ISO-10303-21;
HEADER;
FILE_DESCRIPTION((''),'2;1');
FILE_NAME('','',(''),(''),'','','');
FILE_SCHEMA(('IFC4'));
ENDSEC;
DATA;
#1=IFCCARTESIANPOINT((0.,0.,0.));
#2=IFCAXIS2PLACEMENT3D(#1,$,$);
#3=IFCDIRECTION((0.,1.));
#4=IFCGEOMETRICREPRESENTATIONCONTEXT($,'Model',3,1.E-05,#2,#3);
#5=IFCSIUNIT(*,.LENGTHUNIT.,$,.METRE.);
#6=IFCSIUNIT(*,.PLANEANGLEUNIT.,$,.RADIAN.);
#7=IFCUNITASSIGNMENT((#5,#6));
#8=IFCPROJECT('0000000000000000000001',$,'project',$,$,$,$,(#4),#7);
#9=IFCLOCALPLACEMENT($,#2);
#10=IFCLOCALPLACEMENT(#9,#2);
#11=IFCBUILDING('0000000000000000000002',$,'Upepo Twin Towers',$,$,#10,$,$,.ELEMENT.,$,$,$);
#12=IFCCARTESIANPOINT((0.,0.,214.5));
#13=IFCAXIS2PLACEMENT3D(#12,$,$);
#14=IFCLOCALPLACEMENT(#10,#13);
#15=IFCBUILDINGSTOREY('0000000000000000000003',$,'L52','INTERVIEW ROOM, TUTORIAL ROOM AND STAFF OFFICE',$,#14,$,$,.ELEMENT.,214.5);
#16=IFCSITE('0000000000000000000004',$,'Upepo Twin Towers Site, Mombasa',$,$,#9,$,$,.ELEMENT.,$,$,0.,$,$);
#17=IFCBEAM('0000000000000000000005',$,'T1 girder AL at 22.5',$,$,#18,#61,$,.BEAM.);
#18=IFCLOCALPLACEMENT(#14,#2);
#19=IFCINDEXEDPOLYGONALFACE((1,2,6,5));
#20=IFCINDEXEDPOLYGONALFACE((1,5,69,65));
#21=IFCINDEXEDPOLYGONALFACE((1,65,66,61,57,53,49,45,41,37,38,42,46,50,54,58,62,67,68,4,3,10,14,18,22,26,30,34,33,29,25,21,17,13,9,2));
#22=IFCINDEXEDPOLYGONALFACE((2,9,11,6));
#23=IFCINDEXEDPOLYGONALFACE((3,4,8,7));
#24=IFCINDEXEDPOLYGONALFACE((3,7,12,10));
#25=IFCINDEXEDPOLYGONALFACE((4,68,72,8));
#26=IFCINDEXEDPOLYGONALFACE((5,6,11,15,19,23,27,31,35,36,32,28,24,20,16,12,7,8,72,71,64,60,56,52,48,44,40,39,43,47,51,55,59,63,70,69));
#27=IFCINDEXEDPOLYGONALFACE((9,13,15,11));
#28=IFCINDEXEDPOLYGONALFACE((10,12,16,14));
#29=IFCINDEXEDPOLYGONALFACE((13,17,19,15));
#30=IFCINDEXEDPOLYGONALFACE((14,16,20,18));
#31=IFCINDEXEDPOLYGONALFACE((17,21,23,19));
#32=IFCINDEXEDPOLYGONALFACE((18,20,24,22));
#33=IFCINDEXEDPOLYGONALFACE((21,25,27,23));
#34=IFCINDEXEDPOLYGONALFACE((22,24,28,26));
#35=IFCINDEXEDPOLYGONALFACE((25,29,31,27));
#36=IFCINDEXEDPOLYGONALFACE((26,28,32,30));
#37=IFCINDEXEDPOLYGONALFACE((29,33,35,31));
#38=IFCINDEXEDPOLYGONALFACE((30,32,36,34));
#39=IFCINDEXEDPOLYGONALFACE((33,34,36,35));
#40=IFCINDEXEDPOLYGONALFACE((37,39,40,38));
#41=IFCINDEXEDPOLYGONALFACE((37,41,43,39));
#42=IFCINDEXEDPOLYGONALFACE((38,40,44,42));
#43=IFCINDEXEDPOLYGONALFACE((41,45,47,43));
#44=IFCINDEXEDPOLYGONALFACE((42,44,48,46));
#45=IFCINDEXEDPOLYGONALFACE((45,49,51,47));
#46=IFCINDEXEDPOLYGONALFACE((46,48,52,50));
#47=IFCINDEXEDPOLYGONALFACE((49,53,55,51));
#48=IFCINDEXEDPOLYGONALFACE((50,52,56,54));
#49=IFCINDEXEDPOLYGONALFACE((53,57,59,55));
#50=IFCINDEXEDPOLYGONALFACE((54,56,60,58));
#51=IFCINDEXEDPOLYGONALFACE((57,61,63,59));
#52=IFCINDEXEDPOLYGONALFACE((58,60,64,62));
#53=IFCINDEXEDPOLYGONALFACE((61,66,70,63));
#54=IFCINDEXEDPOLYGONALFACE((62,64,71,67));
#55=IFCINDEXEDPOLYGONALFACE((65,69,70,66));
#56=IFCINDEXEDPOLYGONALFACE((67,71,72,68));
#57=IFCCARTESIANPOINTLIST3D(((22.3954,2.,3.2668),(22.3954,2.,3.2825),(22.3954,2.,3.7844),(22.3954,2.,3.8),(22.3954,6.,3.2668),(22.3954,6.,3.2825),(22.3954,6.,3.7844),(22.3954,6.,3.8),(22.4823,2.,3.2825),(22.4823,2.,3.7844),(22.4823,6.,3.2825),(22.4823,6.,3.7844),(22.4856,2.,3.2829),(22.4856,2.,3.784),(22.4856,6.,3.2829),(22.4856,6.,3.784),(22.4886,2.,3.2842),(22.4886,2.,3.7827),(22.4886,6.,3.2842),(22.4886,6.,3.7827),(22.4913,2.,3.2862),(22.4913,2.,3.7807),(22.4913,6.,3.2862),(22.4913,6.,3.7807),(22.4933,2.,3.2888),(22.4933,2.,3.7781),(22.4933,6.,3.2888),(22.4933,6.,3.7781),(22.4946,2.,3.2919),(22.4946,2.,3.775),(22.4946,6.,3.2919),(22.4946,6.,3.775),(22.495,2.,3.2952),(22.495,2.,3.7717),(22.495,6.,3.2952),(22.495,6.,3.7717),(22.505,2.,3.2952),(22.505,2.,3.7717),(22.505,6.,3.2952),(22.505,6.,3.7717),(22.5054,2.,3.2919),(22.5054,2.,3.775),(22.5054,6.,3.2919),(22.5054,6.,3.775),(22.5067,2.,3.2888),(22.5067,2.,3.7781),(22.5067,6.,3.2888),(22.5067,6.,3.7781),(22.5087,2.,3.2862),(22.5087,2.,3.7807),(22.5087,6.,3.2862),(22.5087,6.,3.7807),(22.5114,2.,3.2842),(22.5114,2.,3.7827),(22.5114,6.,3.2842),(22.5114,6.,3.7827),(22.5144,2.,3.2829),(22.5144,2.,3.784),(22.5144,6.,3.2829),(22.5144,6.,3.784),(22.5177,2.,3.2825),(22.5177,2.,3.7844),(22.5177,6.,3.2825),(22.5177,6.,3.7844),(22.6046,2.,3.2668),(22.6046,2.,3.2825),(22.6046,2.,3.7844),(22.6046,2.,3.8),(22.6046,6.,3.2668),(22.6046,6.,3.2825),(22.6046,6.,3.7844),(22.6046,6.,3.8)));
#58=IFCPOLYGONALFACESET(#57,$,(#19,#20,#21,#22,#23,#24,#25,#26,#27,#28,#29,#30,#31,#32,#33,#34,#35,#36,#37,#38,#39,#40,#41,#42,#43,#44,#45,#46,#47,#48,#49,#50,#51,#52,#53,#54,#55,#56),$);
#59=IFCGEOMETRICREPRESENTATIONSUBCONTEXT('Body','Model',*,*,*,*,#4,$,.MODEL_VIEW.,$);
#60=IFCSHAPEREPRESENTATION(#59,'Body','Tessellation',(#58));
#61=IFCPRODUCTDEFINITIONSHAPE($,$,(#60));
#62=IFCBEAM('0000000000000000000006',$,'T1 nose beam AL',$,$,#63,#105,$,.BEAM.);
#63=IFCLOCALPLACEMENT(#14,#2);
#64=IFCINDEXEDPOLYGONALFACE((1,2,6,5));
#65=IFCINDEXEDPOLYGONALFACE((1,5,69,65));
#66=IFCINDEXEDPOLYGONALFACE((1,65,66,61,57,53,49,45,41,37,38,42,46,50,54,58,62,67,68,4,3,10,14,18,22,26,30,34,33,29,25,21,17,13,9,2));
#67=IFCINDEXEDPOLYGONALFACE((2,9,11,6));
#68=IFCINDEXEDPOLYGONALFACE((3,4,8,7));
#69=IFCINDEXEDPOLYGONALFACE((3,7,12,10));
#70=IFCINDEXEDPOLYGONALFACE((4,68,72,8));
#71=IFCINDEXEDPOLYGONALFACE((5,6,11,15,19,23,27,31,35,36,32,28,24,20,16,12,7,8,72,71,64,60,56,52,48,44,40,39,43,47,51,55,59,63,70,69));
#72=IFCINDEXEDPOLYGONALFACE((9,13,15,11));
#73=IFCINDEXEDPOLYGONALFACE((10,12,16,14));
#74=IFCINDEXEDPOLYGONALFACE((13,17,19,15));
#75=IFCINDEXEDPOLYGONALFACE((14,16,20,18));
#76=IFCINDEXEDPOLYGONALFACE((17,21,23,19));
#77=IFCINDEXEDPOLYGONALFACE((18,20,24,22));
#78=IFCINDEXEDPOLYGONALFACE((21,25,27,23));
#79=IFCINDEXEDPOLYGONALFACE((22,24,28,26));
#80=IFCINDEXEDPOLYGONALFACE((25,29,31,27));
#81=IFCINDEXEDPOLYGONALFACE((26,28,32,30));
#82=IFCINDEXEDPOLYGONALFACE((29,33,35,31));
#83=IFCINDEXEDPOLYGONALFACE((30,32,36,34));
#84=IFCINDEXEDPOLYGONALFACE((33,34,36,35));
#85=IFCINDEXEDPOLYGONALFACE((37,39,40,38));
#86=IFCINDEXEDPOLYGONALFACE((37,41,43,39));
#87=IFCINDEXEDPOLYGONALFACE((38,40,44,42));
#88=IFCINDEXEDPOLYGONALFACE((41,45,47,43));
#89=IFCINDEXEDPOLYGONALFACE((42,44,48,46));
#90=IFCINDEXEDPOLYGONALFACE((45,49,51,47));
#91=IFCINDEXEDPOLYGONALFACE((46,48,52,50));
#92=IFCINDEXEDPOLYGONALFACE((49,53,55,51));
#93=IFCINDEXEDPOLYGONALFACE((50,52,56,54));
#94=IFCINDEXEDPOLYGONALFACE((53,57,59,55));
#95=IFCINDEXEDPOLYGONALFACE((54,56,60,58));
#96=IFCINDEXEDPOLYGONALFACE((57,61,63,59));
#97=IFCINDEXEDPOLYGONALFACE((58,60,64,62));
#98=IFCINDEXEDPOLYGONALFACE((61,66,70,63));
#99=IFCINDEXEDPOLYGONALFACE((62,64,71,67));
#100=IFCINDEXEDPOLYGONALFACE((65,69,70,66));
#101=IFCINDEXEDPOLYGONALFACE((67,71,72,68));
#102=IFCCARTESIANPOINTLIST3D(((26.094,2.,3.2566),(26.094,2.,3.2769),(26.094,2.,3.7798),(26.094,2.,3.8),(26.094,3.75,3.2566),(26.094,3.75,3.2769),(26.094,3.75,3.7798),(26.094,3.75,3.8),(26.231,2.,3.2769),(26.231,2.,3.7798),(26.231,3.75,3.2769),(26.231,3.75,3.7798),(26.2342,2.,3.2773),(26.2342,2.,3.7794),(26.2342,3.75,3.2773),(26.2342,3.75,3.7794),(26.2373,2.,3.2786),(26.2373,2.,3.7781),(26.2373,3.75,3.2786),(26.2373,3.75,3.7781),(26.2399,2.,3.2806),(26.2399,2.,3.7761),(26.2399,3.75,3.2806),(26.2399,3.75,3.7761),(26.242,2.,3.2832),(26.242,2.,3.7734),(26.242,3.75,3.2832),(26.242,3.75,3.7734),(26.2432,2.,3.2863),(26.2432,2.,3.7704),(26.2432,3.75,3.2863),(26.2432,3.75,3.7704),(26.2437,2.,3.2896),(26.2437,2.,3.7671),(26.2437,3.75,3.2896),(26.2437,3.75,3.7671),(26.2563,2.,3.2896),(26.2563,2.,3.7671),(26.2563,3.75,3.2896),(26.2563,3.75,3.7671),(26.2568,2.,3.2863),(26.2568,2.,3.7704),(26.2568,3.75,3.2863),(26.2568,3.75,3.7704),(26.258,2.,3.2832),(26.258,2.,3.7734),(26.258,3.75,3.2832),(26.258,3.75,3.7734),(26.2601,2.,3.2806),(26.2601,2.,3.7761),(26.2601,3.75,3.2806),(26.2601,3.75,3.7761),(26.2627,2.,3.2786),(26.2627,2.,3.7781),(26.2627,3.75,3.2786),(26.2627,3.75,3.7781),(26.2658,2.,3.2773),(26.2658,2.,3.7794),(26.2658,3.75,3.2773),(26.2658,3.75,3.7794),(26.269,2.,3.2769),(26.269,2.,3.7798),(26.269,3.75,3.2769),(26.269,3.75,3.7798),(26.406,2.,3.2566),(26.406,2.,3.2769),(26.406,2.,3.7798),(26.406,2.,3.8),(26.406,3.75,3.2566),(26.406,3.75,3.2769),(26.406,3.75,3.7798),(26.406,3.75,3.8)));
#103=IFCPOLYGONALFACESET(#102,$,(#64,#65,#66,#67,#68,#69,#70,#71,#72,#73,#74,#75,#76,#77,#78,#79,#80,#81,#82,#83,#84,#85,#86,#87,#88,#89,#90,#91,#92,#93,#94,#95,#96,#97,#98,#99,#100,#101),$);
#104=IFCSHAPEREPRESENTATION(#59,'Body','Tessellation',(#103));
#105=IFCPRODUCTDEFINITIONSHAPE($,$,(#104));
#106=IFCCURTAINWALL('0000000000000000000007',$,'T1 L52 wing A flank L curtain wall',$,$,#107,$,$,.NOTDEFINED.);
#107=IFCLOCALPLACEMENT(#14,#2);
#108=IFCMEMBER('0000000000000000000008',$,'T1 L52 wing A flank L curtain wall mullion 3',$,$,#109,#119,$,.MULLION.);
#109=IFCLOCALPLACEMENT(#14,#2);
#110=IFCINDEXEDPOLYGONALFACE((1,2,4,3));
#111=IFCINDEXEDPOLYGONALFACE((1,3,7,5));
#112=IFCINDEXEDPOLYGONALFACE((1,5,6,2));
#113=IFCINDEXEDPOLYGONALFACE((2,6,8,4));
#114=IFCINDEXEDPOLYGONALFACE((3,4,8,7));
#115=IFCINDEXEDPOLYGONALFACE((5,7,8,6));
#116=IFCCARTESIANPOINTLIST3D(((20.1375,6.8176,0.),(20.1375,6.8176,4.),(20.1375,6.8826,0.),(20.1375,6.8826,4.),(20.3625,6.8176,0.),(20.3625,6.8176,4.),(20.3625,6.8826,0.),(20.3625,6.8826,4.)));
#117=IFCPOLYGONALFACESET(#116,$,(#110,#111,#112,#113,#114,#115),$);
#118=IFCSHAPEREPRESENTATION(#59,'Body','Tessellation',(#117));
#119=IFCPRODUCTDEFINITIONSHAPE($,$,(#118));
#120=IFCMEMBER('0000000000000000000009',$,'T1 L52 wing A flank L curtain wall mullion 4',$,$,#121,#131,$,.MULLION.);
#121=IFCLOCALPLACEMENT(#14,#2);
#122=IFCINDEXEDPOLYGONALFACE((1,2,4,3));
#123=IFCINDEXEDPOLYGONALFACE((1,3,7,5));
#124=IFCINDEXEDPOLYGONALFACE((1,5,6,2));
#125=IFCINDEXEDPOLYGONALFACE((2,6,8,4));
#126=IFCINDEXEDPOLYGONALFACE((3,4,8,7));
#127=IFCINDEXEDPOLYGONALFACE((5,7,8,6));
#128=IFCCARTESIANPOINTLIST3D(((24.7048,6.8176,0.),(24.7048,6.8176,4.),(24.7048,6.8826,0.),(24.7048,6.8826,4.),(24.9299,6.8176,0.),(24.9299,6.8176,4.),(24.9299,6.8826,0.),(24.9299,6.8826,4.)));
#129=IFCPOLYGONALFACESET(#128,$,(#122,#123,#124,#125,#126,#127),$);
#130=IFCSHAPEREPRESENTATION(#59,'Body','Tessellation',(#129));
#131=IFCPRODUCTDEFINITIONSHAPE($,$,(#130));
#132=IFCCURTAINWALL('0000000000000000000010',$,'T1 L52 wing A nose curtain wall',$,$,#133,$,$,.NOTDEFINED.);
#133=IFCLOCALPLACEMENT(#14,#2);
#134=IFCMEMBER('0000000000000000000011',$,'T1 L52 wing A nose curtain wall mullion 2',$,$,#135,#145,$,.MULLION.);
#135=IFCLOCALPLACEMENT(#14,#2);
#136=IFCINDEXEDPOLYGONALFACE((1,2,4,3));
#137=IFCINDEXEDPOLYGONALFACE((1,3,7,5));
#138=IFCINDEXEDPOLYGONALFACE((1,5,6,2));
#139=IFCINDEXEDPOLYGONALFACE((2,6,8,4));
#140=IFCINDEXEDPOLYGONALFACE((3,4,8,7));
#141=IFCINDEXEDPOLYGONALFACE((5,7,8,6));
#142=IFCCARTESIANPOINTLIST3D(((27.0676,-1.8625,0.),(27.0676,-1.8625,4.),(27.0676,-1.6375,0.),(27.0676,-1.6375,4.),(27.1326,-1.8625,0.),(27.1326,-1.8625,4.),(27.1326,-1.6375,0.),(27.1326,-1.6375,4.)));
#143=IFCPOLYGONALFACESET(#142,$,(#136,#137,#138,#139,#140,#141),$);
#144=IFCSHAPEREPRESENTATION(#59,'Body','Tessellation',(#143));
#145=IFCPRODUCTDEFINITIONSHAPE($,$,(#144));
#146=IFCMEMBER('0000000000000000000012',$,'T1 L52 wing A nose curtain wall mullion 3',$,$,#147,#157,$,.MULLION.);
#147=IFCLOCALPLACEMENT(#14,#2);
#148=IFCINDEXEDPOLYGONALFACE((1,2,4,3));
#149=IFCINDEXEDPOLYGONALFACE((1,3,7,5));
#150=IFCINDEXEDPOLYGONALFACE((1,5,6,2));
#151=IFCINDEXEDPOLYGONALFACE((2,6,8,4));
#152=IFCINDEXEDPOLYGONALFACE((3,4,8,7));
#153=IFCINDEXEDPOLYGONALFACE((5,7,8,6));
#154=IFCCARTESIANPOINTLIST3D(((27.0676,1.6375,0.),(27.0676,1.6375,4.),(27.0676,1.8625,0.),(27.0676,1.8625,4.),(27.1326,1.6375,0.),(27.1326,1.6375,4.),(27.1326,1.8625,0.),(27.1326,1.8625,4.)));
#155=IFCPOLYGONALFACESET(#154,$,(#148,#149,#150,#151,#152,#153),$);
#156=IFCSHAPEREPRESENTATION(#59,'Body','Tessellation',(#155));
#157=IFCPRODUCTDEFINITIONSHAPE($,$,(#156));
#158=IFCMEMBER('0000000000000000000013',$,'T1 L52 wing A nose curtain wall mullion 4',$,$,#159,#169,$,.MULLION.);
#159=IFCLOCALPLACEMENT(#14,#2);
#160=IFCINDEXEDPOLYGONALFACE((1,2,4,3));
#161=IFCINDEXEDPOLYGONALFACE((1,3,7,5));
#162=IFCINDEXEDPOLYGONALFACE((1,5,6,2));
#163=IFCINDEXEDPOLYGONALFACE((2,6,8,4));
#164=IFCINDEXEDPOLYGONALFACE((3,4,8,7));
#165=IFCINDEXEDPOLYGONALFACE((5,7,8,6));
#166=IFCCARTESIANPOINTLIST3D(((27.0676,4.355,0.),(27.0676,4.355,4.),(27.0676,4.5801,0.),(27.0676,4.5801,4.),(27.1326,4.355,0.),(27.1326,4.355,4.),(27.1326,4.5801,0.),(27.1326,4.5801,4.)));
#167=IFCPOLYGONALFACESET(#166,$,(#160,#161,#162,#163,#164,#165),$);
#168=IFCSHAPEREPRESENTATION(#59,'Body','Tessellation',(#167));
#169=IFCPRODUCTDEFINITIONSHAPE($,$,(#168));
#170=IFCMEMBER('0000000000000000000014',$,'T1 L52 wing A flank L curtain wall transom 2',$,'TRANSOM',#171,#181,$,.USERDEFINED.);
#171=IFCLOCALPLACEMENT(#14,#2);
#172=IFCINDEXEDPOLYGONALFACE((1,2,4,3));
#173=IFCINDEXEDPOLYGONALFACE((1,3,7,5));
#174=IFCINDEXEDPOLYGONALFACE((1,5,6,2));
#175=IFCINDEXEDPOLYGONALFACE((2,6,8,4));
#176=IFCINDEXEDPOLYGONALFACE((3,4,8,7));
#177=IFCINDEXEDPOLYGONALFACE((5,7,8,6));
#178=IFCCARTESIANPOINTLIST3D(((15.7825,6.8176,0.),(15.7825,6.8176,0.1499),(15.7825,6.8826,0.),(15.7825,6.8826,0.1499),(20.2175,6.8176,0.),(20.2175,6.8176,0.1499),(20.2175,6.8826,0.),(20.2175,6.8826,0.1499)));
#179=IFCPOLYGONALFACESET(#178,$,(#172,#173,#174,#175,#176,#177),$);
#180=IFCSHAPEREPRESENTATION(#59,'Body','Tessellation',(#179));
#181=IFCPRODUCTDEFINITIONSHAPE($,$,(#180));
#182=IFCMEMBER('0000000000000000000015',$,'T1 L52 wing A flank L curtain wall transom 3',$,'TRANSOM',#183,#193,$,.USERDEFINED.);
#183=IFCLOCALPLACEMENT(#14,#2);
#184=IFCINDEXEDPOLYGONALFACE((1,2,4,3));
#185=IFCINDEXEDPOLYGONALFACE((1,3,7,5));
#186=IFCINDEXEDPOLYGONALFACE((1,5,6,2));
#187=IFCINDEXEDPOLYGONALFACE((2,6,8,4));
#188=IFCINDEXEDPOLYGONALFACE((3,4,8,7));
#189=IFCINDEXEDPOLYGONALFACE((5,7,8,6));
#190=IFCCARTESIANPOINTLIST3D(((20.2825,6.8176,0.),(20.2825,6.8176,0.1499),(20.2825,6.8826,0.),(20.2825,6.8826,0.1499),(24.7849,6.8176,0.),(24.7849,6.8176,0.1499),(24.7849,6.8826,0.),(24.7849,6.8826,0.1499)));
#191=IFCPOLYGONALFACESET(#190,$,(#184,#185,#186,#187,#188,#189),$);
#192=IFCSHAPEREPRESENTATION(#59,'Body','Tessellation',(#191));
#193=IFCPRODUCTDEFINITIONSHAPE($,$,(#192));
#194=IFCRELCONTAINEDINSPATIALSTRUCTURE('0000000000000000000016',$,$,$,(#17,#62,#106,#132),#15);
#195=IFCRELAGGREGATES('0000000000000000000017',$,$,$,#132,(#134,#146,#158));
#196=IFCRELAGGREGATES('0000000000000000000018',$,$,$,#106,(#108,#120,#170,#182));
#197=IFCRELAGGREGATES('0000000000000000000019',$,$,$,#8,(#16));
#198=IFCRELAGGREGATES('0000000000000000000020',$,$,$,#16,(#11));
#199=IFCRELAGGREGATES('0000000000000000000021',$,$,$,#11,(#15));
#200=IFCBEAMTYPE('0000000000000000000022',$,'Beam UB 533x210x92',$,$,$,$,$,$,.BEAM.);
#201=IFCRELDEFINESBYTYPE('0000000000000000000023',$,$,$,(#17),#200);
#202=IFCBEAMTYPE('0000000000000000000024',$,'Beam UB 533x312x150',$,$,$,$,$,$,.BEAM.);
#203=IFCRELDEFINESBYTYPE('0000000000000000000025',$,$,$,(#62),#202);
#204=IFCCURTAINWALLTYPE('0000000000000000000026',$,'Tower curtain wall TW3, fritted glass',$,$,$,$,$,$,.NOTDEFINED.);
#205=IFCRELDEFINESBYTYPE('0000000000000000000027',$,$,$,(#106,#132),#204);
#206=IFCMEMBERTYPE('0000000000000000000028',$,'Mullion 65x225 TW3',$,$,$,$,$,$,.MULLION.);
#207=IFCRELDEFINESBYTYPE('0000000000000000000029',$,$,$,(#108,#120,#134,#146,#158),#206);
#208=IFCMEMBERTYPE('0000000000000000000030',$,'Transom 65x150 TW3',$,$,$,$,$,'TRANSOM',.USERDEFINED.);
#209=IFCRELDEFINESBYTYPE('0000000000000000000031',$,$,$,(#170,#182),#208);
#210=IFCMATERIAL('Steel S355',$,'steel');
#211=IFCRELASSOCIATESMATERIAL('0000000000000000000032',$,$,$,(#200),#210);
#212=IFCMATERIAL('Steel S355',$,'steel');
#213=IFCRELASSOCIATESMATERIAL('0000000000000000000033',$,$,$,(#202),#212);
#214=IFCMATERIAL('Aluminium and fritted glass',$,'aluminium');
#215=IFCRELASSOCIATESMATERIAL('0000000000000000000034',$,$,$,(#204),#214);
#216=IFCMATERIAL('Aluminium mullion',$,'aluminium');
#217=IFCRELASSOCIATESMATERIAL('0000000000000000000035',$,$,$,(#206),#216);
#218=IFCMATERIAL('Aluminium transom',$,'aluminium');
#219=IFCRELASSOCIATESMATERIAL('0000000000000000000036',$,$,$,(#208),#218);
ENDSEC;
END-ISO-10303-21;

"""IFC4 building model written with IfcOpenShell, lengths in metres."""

from ifc_helpers import new_model, si_unit, direction, frame, origin, origin_2d, place, context, subcontext, project, spatial, rectangle, i_section, extrude, material, material_profile, profile_set, type_object, element, aggregate, save


model = new_model("IFC4")

# Units and contexts
model_context = context("Model", 3, precision=1e-05, world=origin(), true_north=direction((0.0, 1.0)))
body_context = subcontext(model_context, "Body", "Model", "MODEL_VIEW")
ifc_project = project(units=[si_unit("LENGTHUNIT", "METRE"), si_unit("PLANEANGLEUNIT", "RADIAN")], contexts=[model_context])

# Site, building, storey
site_placement = place(None, origin())
site = spatial("IfcSite", under=ifc_project, at=site_placement, Name="Upepo Twin Towers Site, Mombasa", CompositionType="ELEMENT", RefElevation=0.0)
building_placement = place(site_placement, origin())
building = spatial("IfcBuilding", under=site, at=building_placement, Name="Upepo Twin Towers", CompositionType="ELEMENT")
storey_placement = place(building_placement, frame((0.0, 0.0, 214.5)))
storey = spatial("IfcBuildingStorey", under=building, at=storey_placement, Name="L52", Description="INTERVIEW ROOM, TUTORIAL ROOM AND STAFF OFFICE", CompositionType="ELEMENT", Elevation=214.5)

# Beams
ifc_material_1 = material(Name="Steel S355", Category="steel")
ifc_material_profile_1 = material_profile(ifc_material_1, i_section(OverallWidth=0.2092, OverallDepth=0.5332, WebThickness=0.01, FlangeThickness=0.0156, FilletRadius=0.0127, at=origin_2d()), Name="UB 533x210x92")
ifc_profile_set_1 = profile_set([ifc_material_profile_1], Name="Steel S355")
beam_type_1 = type_object("IfcBeamType", Name="Beam UB 533x210x92", PredefinedType="BEAM", material=ifc_profile_set_1)
for number, where, z_axis, x_axis, name in (
    (1, (22.5, 6.0, 3.5334), (0.0, -1.0, 0.0), (1.0, 0.0, 0.0), "T1 girder AL at 22.5"),
):
    element("IfcBeam", number, at=place(storey_placement, frame(where, z_axis=z_axis, x_axis=x_axis)), inside=storey, type_object=beam_type_1, Name=name, PredefinedType="BEAM", context=body_context, shape_type="SweptSolid", body=[
        extrude(i_section(OverallWidth=0.2092, OverallDepth=0.5332, WebThickness=0.01, FlangeThickness=0.0156, FilletRadius=0.0127, at=origin_2d()), origin(), (0.0, 0.0, 1.0), 4.0),
    ])
ifc_material_2 = material(Name="Steel S355", Category="steel")
ifc_material_profile_2 = material_profile(ifc_material_2, i_section(OverallWidth=0.312, OverallDepth=0.5435, WebThickness=0.0127, FlangeThickness=0.0203, FilletRadius=0.0127, at=origin_2d()), Name="UB 533x312x150")
ifc_profile_set_2 = profile_set([ifc_material_profile_2], Name="Steel S355")
beam_type_2 = type_object("IfcBeamType", Name="Beam UB 533x312x150", PredefinedType="BEAM", material=ifc_profile_set_2)
beam_1_placement = place(storey_placement, frame((26.25, 3.75, 3.5283), z_axis=(0.0, -1.0, 0.0), x_axis=(1.0, 0.0, 0.0)))
element("IfcBeam", 2, at=beam_1_placement, inside=storey, type_object=beam_type_2, Name="T1 nose beam AL", PredefinedType="BEAM", context=body_context, shape_type="SweptSolid", body=[
    extrude(i_section(OverallWidth=0.312, OverallDepth=0.5435, WebThickness=0.0127, FlangeThickness=0.0203, FilletRadius=0.0127, at=origin_2d()), origin(), (0.0, 0.0, 1.0), 1.75),
])

# Curtain walls, members
ifc_material_3 = material(Name="Aluminium and fritted glass", Category="aluminium")
curtain_wall_type = type_object("IfcCurtainWallType", Name="Tower curtain wall TW3, fritted glass", PredefinedType="NOTDEFINED", material=ifc_material_3)
curtain_wall_1_placement = place(storey_placement, origin())
curtain_wall_1 = element("IfcCurtainWall", 3, at=curtain_wall_1_placement, inside=storey, type_object=curtain_wall_type, Name="T1 L52 wing A flank L curtain wall", PredefinedType="NOTDEFINED")
ifc_material_4 = material(Name="Aluminium mullion", Category="aluminium")
ifc_material_profile_3 = material_profile(ifc_material_4, rectangle(XDim=0.0649, YDim=0.2251, at=origin_2d()), Name="MULLION 65x225")
ifc_profile_set_3 = profile_set([ifc_material_profile_3], Name="Aluminium mullion")
member_type_1 = type_object("IfcMemberType", Name="Mullion 65x225 TW3", PredefinedType="MULLION", material=ifc_profile_set_3)
member_1_placement = place(storey_placement, frame((20.25, 6.8501, 0.0), z_axis=(0.0, 0.0, 1.0), x_axis=(0.0, 1.0, 0.0)))
member_1 = element("IfcMember", 4, at=member_1_placement, type_object=member_type_1, Name="T1 L52 wing A flank L curtain wall mullion 3", PredefinedType="MULLION", context=body_context, shape_type="SweptSolid", body=[
    extrude(rectangle(XDim=0.0649, YDim=0.2251, at=origin_2d()), origin(), (0.0, 0.0, 1.0), 4.0),
])
member_2_placement = place(storey_placement, frame((24.8174, 6.8501, 0.0), z_axis=(0.0, 0.0, 1.0), x_axis=(0.0, 1.0, 0.0)))
member_2 = element("IfcMember", 5, at=member_2_placement, type_object=member_type_1, Name="T1 L52 wing A flank L curtain wall mullion 4", PredefinedType="MULLION", context=body_context, shape_type="SweptSolid", body=[
    extrude(rectangle(XDim=0.0649, YDim=0.2251, at=origin_2d()), origin(), (0.0, 0.0, 1.0), 4.0),
])
curtain_wall_2_placement = place(storey_placement, origin())
curtain_wall_2 = element("IfcCurtainWall", 6, at=curtain_wall_2_placement, inside=storey, type_object=curtain_wall_type, Name="T1 L52 wing A nose curtain wall", PredefinedType="NOTDEFINED")
member_3_placement = place(storey_placement, frame((27.1001, -1.75, 0.0), z_axis=(0.0, 0.0, 1.0), x_axis=(-1.0, 0.0, 0.0)))
member_3 = element("IfcMember", 7, at=member_3_placement, type_object=member_type_1, Name="T1 L52 wing A nose curtain wall mullion 2", PredefinedType="MULLION", context=body_context, shape_type="SweptSolid", body=[
    extrude(rectangle(XDim=0.0649, YDim=0.2251, at=origin_2d()), origin(), (0.0, 0.0, 1.0), 4.0),
])
member_4_placement = place(storey_placement, frame((27.1001, 1.75, 0.0), z_axis=(0.0, 0.0, 1.0), x_axis=(-1.0, 0.0, 0.0)))
member_4 = element("IfcMember", 8, at=member_4_placement, type_object=member_type_1, Name="T1 L52 wing A nose curtain wall mullion 3", PredefinedType="MULLION", context=body_context, shape_type="SweptSolid", body=[
    extrude(rectangle(XDim=0.0649, YDim=0.2251, at=origin_2d()), origin(), (0.0, 0.0, 1.0), 4.0),
])
member_5_placement = place(storey_placement, frame((27.1001, 4.4675, 0.0), z_axis=(0.0, 0.0, 1.0), x_axis=(-1.0, 0.0, 0.0)))
member_5 = element("IfcMember", 9, at=member_5_placement, type_object=member_type_1, Name="T1 L52 wing A nose curtain wall mullion 4", PredefinedType="MULLION", context=body_context, shape_type="SweptSolid", body=[
    extrude(rectangle(XDim=0.0649, YDim=0.2251, at=origin_2d()), origin(), (0.0, 0.0, 1.0), 4.0),
])
aggregate(curtain_wall_2, [member_3, member_4, member_5])

# Members
ifc_material_5 = material(Name="Aluminium transom", Category="aluminium")
ifc_material_profile_4 = material_profile(ifc_material_5, rectangle(XDim=0.0649, YDim=0.1499, at=origin_2d()), Name="TRANSOM 65x150")
ifc_profile_set_4 = profile_set([ifc_material_profile_4], Name="Aluminium transom")
member_type_2 = type_object("IfcMemberType", Name="Transom 65x150 TW3", ElementType="TRANSOM", PredefinedType="USERDEFINED", material=ifc_profile_set_4)
member_6_placement = place(storey_placement, frame((15.7825, 6.8501, 0.075), z_axis=(1.0, 0.0, 0.0), x_axis=(0.0, 1.0, 0.0)))
member_6 = element("IfcMember", 10, at=member_6_placement, type_object=member_type_2, Name="T1 L52 wing A flank L curtain wall transom 2", ObjectType="TRANSOM", PredefinedType="USERDEFINED", context=body_context, shape_type="SweptSolid", body=[
    extrude(rectangle(XDim=0.0649, YDim=0.1499, at=origin_2d()), origin(), (0.0, 0.0, 1.0), 4.4351),
])
member_7_placement = place(storey_placement, frame((20.2825, 6.8501, 0.075), z_axis=(1.0, 0.0, 0.0), x_axis=(0.0, 1.0, 0.0)))
member_7 = element("IfcMember", 11, at=member_7_placement, type_object=member_type_2, Name="T1 L52 wing A flank L curtain wall transom 3", ObjectType="TRANSOM", PredefinedType="USERDEFINED", context=body_context, shape_type="SweptSolid", body=[
    extrude(rectangle(XDim=0.0649, YDim=0.1499, at=origin_2d()), origin(), (0.0, 0.0, 1.0), 4.5024),
])

aggregate(curtain_wall_1, [member_1, member_2, member_6, member_7])

save(model, "model.ifc")
